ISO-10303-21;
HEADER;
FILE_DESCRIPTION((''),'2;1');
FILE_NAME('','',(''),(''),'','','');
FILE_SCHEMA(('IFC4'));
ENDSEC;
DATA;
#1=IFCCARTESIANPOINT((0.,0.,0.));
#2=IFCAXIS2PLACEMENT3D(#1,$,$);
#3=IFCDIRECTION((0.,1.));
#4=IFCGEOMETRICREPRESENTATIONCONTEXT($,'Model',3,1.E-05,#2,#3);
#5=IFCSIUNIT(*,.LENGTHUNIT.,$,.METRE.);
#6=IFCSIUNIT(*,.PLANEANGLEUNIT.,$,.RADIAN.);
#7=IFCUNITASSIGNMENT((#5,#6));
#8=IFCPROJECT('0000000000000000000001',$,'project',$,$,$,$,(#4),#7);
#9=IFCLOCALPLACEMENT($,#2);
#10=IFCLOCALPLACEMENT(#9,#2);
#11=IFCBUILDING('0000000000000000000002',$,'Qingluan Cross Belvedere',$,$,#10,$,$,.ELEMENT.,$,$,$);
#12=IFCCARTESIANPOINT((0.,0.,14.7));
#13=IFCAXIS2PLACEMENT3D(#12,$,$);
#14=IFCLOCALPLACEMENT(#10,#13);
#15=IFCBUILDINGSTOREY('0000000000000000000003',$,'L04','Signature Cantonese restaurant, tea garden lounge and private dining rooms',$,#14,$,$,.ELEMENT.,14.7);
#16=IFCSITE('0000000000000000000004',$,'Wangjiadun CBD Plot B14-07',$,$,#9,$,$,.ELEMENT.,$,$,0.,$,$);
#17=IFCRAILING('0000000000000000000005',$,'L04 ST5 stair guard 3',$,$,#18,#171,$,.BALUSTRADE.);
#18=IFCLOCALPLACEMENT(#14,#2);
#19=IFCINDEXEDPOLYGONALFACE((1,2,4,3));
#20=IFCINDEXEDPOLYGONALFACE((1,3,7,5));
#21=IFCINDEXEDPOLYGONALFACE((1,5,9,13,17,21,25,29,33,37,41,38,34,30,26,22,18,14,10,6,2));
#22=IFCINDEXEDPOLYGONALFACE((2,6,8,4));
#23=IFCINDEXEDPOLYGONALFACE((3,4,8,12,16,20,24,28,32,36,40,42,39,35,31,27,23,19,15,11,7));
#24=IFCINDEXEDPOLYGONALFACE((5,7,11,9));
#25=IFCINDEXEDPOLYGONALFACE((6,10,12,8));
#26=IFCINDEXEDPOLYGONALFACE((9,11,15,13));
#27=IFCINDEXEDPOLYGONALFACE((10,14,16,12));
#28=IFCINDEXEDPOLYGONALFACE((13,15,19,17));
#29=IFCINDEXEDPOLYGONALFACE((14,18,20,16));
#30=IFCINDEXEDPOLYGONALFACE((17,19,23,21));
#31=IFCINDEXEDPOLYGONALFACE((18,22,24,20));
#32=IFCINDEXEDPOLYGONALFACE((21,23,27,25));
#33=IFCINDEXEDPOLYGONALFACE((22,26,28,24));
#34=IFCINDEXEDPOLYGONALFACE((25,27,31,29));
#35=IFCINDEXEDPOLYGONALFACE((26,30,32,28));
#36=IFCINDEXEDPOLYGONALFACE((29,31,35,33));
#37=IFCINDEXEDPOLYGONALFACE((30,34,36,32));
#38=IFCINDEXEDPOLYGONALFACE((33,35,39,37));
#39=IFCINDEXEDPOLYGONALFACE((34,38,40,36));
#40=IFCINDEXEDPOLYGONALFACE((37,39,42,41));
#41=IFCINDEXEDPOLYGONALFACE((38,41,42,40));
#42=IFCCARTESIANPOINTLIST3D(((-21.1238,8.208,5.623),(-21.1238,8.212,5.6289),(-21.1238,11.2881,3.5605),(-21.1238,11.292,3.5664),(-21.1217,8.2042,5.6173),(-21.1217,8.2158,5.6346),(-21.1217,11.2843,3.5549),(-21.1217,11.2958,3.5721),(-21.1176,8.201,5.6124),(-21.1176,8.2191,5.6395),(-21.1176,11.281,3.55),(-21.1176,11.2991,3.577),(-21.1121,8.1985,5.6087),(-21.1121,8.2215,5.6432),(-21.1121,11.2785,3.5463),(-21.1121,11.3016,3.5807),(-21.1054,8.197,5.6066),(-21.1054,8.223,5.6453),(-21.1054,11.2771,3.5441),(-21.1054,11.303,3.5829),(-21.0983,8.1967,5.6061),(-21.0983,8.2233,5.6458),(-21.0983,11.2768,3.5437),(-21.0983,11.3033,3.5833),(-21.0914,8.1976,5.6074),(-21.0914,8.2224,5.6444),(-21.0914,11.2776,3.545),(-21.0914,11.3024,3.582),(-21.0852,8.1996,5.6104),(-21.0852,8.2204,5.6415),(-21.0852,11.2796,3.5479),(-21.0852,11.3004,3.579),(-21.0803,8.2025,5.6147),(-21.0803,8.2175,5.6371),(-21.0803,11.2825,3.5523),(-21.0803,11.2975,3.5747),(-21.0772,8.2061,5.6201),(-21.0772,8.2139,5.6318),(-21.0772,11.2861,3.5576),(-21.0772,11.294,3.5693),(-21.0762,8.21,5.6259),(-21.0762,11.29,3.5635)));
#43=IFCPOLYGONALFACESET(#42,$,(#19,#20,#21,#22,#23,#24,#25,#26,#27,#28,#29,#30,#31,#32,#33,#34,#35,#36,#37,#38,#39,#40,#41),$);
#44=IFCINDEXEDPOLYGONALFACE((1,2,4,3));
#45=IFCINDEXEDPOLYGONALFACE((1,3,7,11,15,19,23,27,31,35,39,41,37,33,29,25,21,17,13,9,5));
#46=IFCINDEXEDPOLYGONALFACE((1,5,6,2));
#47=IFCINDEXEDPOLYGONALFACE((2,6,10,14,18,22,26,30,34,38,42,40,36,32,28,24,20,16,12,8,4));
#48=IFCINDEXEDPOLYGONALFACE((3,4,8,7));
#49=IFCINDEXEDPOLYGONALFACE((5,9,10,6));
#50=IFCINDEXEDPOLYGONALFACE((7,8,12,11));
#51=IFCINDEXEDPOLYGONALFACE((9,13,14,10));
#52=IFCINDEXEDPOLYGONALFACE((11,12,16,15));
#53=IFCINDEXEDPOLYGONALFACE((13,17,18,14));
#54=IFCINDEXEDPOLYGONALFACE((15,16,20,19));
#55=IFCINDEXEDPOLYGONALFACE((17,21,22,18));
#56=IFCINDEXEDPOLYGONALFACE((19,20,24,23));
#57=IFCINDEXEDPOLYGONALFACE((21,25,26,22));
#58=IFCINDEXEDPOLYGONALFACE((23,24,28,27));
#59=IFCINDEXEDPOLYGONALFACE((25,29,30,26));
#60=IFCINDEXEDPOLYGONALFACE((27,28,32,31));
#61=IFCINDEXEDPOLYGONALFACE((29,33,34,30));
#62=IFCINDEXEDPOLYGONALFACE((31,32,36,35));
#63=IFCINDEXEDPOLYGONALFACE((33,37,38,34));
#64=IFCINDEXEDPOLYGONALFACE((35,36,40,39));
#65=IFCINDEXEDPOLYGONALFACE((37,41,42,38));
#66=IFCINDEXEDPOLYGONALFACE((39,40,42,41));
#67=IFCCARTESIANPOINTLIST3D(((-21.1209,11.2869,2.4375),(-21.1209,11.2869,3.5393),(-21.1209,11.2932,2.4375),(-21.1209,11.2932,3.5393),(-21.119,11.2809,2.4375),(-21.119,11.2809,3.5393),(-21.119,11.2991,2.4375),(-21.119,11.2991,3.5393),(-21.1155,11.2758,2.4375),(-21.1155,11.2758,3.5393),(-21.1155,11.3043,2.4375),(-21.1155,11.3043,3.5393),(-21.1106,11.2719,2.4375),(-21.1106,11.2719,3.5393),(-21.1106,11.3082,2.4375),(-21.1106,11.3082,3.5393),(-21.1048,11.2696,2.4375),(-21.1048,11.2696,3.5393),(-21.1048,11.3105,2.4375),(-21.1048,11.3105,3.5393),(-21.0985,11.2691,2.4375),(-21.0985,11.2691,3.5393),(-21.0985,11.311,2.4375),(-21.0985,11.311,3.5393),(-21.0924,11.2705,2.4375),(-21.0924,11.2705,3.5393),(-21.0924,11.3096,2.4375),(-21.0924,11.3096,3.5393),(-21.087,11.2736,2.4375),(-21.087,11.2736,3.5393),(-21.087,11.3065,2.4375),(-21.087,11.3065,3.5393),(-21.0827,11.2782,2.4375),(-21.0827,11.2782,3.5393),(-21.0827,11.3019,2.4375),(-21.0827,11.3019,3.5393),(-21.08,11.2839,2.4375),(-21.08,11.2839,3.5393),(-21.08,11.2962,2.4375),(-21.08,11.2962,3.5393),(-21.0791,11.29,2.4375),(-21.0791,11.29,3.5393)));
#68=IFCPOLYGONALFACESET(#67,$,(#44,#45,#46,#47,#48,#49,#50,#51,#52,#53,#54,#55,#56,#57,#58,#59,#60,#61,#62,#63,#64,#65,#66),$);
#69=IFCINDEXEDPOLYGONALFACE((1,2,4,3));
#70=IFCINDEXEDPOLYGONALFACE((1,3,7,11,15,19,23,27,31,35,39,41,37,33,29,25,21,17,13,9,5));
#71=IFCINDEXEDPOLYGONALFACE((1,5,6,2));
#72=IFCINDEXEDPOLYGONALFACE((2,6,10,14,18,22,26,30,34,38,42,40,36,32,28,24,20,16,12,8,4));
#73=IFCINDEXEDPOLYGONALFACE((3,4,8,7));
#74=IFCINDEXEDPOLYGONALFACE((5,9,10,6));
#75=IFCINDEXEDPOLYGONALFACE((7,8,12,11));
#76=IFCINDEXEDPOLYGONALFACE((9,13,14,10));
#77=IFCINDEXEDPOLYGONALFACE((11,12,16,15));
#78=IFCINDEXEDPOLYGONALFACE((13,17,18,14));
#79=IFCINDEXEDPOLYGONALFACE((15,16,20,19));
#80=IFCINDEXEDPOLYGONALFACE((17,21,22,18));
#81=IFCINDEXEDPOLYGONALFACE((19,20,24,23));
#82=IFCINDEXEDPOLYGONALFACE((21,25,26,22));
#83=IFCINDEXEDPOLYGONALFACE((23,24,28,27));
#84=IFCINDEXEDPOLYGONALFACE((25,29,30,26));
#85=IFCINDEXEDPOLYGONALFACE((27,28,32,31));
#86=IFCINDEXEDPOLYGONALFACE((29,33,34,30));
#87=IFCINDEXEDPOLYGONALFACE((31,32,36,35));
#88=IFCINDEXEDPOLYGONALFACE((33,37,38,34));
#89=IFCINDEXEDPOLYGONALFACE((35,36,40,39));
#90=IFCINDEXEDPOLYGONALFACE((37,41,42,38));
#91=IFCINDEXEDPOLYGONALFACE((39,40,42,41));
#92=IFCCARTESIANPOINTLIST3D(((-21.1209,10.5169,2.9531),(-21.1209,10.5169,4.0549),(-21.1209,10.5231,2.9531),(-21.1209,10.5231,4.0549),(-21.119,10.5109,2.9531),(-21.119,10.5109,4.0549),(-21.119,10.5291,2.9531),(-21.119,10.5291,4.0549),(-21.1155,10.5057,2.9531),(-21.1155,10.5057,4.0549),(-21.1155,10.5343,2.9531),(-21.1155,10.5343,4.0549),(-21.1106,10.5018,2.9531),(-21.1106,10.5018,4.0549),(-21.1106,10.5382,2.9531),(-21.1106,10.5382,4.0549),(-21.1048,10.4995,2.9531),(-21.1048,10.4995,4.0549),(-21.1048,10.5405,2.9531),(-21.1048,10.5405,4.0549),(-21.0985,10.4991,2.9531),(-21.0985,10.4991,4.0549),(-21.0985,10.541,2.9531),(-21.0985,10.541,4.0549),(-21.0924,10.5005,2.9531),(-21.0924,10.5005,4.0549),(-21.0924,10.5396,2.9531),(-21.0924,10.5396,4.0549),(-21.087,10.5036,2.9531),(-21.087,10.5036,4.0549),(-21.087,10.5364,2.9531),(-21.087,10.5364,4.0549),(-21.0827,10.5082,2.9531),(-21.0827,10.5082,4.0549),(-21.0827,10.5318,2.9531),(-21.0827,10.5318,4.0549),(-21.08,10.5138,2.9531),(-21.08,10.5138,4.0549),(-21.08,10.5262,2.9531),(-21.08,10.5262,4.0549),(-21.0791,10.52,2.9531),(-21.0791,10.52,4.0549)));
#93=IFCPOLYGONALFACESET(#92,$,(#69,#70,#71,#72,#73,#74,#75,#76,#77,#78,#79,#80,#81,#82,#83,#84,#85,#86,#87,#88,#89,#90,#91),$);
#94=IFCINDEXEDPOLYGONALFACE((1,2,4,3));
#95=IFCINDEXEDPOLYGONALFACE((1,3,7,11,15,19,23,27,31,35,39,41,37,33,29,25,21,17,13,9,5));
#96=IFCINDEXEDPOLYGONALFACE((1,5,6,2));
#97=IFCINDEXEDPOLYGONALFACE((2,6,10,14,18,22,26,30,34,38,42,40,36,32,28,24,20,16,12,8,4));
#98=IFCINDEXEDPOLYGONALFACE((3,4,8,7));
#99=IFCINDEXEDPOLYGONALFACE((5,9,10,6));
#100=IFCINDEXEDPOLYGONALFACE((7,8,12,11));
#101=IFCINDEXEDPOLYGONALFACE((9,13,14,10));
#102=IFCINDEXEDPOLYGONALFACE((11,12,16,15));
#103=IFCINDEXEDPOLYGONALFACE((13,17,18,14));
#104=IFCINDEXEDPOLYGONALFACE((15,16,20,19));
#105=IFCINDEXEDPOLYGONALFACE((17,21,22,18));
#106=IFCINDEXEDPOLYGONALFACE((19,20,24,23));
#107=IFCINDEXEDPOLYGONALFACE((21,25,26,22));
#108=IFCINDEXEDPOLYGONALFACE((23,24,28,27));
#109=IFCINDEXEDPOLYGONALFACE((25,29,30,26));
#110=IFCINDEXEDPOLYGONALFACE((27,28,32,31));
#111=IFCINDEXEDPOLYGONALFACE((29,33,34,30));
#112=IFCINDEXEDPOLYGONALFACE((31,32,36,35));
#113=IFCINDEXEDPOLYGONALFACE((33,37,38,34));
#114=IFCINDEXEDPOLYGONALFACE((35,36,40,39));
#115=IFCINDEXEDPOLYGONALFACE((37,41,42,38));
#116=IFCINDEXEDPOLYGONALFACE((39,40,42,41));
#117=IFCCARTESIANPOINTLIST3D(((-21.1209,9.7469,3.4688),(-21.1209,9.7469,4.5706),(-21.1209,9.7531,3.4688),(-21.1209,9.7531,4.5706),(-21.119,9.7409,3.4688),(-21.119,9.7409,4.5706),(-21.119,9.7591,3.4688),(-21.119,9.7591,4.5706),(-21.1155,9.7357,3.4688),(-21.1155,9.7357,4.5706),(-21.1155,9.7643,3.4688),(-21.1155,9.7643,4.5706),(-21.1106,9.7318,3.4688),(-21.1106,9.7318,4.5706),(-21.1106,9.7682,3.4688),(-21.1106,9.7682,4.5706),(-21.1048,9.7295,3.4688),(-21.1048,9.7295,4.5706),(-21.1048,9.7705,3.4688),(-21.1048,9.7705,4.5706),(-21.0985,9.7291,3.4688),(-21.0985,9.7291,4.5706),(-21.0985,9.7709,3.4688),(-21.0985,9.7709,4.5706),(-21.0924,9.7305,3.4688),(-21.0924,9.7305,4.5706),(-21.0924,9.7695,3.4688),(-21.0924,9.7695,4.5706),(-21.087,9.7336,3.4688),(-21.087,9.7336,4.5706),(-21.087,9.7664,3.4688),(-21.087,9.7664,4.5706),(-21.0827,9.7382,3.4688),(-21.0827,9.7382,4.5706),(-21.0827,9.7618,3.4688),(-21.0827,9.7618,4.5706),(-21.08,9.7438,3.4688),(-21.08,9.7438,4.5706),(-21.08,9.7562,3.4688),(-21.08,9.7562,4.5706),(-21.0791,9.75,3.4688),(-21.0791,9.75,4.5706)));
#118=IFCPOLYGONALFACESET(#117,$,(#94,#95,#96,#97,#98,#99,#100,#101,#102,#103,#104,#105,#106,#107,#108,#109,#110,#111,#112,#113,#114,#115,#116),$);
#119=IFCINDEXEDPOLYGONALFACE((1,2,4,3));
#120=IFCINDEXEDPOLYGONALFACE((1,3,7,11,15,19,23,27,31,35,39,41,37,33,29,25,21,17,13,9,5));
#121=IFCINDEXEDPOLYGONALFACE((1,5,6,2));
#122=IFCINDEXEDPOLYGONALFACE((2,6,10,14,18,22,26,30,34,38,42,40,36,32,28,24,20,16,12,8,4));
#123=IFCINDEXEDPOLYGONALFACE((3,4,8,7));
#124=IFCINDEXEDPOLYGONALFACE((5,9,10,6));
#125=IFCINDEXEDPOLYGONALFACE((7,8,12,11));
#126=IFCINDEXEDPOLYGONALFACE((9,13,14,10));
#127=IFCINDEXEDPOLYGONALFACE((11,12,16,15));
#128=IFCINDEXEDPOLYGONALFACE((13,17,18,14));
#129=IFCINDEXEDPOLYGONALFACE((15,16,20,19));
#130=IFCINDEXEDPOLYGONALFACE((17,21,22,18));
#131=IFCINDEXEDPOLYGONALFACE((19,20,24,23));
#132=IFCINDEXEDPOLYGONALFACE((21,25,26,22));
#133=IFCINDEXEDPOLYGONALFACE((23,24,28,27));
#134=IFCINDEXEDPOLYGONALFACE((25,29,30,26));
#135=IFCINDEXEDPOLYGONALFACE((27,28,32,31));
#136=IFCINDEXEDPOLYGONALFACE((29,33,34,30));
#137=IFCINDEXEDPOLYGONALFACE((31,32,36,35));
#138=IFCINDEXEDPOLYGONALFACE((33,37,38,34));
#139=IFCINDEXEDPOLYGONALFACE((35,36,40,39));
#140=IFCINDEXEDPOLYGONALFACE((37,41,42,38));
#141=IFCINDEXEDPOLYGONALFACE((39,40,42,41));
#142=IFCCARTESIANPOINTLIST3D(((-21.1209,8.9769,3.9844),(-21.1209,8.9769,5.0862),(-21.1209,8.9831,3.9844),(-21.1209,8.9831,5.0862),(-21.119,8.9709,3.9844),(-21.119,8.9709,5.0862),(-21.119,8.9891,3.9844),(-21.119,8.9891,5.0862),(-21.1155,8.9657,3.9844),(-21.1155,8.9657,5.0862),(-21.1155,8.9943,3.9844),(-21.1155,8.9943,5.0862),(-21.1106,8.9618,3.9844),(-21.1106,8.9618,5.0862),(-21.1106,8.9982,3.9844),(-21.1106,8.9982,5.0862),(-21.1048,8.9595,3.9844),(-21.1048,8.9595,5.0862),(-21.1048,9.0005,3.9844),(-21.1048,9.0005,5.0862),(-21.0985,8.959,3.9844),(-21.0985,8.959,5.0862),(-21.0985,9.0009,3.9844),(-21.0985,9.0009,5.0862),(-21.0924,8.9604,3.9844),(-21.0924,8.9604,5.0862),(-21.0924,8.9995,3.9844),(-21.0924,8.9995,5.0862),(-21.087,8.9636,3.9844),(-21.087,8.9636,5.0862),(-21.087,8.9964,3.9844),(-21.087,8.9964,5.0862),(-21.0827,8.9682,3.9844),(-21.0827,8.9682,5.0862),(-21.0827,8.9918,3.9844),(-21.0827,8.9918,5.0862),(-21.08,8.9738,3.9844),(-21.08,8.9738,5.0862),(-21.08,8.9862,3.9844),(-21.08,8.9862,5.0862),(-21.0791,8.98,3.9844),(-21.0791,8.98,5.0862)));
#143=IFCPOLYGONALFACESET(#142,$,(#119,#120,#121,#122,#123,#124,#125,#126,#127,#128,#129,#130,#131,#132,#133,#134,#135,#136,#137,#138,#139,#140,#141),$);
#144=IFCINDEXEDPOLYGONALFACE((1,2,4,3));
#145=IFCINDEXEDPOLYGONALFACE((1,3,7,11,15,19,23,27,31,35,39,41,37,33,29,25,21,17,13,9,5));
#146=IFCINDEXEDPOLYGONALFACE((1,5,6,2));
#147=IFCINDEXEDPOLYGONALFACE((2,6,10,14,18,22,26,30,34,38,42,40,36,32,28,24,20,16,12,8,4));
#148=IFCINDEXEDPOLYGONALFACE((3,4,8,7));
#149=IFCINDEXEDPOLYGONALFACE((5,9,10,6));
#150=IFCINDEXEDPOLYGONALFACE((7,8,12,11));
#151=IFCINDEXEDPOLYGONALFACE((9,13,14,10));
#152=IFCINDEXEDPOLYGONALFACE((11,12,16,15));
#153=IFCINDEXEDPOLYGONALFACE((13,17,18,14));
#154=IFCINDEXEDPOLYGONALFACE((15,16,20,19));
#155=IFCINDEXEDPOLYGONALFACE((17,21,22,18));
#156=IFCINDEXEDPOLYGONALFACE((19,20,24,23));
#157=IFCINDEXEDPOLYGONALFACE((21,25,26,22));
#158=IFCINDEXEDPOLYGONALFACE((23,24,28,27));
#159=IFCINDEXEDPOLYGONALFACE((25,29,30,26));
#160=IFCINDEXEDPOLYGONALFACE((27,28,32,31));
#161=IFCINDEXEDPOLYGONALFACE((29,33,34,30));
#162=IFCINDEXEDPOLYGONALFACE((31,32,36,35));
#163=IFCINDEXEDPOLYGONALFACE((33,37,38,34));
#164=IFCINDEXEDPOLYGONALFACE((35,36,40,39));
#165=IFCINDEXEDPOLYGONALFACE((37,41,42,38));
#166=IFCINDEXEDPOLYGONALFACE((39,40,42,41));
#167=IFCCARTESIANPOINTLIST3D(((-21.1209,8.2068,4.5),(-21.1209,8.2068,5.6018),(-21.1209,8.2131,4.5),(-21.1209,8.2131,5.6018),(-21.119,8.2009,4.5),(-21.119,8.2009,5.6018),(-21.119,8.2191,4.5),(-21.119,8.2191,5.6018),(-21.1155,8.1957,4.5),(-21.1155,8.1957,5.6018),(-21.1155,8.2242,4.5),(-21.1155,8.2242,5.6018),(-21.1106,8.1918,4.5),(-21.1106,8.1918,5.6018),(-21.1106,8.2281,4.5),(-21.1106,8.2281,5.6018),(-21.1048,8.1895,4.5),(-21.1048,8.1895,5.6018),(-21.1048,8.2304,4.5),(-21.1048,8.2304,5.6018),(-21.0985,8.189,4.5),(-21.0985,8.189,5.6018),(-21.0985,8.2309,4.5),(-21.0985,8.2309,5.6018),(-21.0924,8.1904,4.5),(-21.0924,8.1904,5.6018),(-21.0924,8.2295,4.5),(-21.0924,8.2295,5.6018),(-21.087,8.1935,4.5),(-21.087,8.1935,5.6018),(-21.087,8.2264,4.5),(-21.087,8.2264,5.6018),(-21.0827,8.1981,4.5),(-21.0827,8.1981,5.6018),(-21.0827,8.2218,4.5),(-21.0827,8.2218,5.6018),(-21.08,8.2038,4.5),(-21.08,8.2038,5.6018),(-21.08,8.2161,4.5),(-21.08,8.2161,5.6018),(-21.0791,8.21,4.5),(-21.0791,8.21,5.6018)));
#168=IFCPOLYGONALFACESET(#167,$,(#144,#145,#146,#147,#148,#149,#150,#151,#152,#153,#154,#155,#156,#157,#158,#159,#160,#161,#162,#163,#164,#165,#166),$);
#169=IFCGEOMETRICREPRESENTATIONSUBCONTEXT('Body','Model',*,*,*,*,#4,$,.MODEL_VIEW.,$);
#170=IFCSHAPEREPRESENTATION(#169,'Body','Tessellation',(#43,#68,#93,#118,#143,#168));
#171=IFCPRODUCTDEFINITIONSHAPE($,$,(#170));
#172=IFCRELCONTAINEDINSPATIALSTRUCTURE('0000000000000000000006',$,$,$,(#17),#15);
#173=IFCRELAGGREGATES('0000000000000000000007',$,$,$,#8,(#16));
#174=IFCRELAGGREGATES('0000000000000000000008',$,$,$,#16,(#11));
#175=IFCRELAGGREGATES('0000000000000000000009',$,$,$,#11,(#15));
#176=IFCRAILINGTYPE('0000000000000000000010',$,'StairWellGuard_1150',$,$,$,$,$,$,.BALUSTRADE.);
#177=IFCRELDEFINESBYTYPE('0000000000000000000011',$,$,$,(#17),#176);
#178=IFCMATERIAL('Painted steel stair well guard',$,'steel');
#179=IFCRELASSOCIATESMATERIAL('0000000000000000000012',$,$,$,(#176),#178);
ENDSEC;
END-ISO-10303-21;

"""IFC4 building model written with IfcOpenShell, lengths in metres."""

from ifc_helpers import new_model, si_unit, direction, frame, origin, origin_2d, place, context, subcontext, project, spatial, circle, extrude, material, type_object, element, save


model = new_model("IFC4")

# Units and contexts
model_context = context("Model", 3, precision=1e-05, world=origin(), true_north=direction((0.0, 1.0)))
body_context = subcontext(model_context, "Body", "Model", "MODEL_VIEW")
ifc_project = project(units=[si_unit("LENGTHUNIT", "METRE"), si_unit("PLANEANGLEUNIT", "RADIAN")], contexts=[model_context])

# Site, building, storey
site_placement = place(None, origin())
site = spatial("IfcSite", under=ifc_project, at=site_placement, Name="Wangjiadun CBD Plot B14-07", CompositionType="ELEMENT", RefElevation=0.0)
building_placement = place(site_placement, origin())
building = spatial("IfcBuilding", under=site, at=building_placement, Name="Qingluan Cross Belvedere", CompositionType="ELEMENT")
storey_placement = place(building_placement, frame((0.0, 0.0, 14.7)))
storey = spatial("IfcBuildingStorey", under=building, at=storey_placement, Name="L04", Description="Signature Cantonese restaurant, tea garden lounge and private dining rooms", CompositionType="ELEMENT", Elevation=14.7)

# Railing
ifc_material_1 = material(Name="Painted steel stair well guard", Category="steel")
railing_type_1 = type_object("IfcRailingType", Name="StairWellGuard_1150", PredefinedType="BALUSTRADE", material=ifc_material_1)
railing_1_placement = place(storey_placement, frame((-21.1001, 11.29, 2.4375)))
element("IfcRailing", 1, at=railing_1_placement, inside=storey, type_object=railing_type_1, Name="L04 ST5 stair guard 3", PredefinedType="BALUSTRADE", context=body_context, shape_type="SweptSolid", body=[
    extrude(circle(Radius=0.0239, at=origin_2d()), frame((0.0, 0.0, 1.126), z_axis=(0.0, -0.830914, 0.556401), x_axis=(1.0, 0.0, 0.0)), (0.0, 0.0, 1.0), 3.7068),
    extrude(circle(Radius=0.021, at=origin_2d()), origin(), (0.0, 0.0, 1.0), 1.1018),
    extrude(circle(Radius=0.021, at=origin_2d()), frame((0.0, -0.77, 0.5156)), (0.0, 0.0, 1.0), 1.1018),
    extrude(circle(Radius=0.021, at=origin_2d()), frame((0.0, -1.54, 1.0312)), (0.0, 0.0, 1.0), 1.1018),
    extrude(circle(Radius=0.021, at=origin_2d()), frame((0.0, -2.3101, 1.5469)), (0.0, 0.0, 1.0), 1.1018),
    extrude(circle(Radius=0.021, at=origin_2d()), frame((0.0, -3.0801, 2.0625)), (0.0, 0.0, 1.0), 1.1018),
])

save(model, "model.ifc")
